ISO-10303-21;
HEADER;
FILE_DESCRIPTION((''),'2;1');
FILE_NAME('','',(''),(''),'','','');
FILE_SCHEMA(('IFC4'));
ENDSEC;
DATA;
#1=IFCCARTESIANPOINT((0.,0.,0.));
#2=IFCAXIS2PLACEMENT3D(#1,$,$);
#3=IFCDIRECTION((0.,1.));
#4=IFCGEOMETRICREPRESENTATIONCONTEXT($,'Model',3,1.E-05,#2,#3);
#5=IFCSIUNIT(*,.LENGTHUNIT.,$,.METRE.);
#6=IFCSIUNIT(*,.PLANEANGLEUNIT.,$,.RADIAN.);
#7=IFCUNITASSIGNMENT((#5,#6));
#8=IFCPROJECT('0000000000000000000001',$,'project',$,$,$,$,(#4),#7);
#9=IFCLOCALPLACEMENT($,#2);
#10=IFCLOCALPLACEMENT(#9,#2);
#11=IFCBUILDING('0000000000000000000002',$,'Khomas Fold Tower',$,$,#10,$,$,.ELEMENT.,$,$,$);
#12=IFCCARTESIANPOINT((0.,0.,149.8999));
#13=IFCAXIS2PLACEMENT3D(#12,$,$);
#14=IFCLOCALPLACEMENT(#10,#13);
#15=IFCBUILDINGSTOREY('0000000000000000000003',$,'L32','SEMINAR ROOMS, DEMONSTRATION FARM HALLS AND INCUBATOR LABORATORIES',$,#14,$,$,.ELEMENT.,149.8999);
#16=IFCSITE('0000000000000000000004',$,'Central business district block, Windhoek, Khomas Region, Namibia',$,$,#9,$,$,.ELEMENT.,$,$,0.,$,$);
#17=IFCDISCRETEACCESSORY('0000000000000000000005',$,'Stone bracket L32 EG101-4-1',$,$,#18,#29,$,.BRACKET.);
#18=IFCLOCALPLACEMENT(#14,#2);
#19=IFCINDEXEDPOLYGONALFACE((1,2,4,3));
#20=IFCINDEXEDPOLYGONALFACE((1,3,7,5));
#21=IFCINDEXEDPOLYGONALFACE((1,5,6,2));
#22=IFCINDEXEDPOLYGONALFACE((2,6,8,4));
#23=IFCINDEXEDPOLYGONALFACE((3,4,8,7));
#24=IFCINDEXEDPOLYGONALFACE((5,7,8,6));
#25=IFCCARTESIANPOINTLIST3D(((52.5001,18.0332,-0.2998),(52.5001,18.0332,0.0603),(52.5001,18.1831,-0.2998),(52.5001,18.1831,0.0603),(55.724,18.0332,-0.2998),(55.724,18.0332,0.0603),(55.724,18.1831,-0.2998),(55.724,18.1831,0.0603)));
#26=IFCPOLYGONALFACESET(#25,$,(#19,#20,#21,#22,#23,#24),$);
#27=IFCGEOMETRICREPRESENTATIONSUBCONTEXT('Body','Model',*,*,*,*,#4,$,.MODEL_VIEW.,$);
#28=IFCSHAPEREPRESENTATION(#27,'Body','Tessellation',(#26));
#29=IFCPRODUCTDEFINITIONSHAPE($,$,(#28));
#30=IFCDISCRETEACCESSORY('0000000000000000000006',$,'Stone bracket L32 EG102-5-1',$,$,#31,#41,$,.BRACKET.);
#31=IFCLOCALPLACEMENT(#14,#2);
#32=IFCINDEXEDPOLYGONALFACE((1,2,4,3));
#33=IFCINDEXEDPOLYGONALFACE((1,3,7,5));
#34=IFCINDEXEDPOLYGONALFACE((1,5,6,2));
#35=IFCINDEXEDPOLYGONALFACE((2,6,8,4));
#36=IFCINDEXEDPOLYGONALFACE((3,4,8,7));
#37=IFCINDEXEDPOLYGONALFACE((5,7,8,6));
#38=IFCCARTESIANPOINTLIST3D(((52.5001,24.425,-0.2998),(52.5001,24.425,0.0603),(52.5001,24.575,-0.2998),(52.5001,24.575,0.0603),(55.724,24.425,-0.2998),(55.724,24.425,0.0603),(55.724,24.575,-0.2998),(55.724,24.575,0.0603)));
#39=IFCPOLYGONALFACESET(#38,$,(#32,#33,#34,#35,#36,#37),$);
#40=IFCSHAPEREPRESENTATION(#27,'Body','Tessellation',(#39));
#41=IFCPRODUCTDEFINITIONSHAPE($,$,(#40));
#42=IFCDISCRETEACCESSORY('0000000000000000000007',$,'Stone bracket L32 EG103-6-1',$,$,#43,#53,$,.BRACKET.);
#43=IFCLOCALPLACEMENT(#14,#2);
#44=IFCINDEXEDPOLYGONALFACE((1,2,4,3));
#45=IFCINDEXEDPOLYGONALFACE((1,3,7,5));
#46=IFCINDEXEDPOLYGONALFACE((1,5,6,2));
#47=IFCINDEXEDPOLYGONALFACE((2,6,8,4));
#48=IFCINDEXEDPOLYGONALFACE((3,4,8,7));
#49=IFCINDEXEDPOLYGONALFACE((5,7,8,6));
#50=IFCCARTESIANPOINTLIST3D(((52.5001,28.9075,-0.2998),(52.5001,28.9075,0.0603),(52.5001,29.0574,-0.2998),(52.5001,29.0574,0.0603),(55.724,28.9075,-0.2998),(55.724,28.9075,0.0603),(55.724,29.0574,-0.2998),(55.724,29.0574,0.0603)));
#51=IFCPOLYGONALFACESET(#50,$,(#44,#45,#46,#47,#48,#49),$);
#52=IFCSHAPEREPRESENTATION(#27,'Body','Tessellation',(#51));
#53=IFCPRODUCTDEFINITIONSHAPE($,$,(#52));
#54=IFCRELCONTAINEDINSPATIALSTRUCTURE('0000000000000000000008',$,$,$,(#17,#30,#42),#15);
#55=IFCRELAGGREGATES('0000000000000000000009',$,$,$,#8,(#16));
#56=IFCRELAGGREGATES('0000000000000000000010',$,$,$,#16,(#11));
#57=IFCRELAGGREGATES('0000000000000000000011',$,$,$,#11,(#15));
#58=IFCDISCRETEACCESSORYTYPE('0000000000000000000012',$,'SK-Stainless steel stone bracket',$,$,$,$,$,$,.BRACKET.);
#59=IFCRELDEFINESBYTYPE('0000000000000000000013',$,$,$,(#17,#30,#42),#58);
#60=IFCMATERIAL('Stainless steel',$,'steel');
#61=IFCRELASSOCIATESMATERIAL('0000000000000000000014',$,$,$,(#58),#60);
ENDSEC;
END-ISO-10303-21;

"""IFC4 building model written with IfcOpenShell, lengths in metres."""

from ifc_helpers import new_model, si_unit, direction, frame, origin, origin_2d, place, context, subcontext, project, spatial, rectangle, extrude, source, transform, mapped, material, type_object, element, save


model = new_model("IFC4")

# Units and contexts
model_context = context("Model", 3, precision=1e-05, world=origin(), true_north=direction((0.0, 1.0)))
body_context = subcontext(model_context, "Body", "Model", "MODEL_VIEW")
ifc_project = project(units=[si_unit("LENGTHUNIT", "METRE"), si_unit("PLANEANGLEUNIT", "RADIAN")], contexts=[model_context])

# Site, building, storey
site_placement = place(None, origin())
site = spatial("IfcSite", under=ifc_project, at=site_placement, Name="Central business district block, Windhoek, Khomas Region, Namibia", CompositionType="ELEMENT", RefElevation=0.0)
building_placement = place(site_placement, origin())
building = spatial("IfcBuilding", under=site, at=building_placement, Name="Khomas Fold Tower", CompositionType="ELEMENT")
storey_placement = place(building_placement, frame((0.0, 0.0, 149.8999)))
storey = spatial("IfcBuildingStorey", under=building, at=storey_placement, Name="L32", Description="SEMINAR ROOMS, DEMONSTRATION FARM HALLS AND INCUBATOR LABORATORIES", CompositionType="ELEMENT", Elevation=149.8999)

# Discrete accessories
ifc_material_1 = material(Name="Stainless steel", Category="steel")
discrete_accessory_type = type_object("IfcDiscreteAccessoryType", Name="SK-Stainless steel stone bracket", PredefinedType="BRACKET", material=ifc_material_1)
shared_shape_1 = source(origin(), body_context, "Body", "SweptSolid", [
    extrude(rectangle(XDim=3.2239, YDim=0.1499, at=origin_2d()), origin(), (0.0, 0.0, 1.0), 0.3601),
])
for number, where, z_axis, x_axis, name in (
    (1, (54.1121, 18.1082, -0.2998), (0.0, 0.0, 1.0), (1.0, 0.0, 0.0), "Stone bracket L32 EG101-4-1"),
    (2, (54.1121, 24.5, -0.2998), (0.0, 0.0, 1.0), (1.0, 0.0, 0.0), "Stone bracket L32 EG102-5-1"),
    (3, (54.1121, 28.9824, -0.2998), (0.0, 0.0, 1.0), (1.0, 0.0, 0.0), "Stone bracket L32 EG103-6-1"),
):
    element("IfcDiscreteAccessory", number, at=place(storey_placement, frame(where, z_axis=z_axis, x_axis=x_axis)), inside=storey, type_object=discrete_accessory_type, Name=name, PredefinedType="BRACKET", context=body_context, shape_type="MappedRepresentation", body=[
        mapped(shared_shape_1, transform((0.0, 0.0, 0.0))),
    ])

save(model, "model.ifc")
